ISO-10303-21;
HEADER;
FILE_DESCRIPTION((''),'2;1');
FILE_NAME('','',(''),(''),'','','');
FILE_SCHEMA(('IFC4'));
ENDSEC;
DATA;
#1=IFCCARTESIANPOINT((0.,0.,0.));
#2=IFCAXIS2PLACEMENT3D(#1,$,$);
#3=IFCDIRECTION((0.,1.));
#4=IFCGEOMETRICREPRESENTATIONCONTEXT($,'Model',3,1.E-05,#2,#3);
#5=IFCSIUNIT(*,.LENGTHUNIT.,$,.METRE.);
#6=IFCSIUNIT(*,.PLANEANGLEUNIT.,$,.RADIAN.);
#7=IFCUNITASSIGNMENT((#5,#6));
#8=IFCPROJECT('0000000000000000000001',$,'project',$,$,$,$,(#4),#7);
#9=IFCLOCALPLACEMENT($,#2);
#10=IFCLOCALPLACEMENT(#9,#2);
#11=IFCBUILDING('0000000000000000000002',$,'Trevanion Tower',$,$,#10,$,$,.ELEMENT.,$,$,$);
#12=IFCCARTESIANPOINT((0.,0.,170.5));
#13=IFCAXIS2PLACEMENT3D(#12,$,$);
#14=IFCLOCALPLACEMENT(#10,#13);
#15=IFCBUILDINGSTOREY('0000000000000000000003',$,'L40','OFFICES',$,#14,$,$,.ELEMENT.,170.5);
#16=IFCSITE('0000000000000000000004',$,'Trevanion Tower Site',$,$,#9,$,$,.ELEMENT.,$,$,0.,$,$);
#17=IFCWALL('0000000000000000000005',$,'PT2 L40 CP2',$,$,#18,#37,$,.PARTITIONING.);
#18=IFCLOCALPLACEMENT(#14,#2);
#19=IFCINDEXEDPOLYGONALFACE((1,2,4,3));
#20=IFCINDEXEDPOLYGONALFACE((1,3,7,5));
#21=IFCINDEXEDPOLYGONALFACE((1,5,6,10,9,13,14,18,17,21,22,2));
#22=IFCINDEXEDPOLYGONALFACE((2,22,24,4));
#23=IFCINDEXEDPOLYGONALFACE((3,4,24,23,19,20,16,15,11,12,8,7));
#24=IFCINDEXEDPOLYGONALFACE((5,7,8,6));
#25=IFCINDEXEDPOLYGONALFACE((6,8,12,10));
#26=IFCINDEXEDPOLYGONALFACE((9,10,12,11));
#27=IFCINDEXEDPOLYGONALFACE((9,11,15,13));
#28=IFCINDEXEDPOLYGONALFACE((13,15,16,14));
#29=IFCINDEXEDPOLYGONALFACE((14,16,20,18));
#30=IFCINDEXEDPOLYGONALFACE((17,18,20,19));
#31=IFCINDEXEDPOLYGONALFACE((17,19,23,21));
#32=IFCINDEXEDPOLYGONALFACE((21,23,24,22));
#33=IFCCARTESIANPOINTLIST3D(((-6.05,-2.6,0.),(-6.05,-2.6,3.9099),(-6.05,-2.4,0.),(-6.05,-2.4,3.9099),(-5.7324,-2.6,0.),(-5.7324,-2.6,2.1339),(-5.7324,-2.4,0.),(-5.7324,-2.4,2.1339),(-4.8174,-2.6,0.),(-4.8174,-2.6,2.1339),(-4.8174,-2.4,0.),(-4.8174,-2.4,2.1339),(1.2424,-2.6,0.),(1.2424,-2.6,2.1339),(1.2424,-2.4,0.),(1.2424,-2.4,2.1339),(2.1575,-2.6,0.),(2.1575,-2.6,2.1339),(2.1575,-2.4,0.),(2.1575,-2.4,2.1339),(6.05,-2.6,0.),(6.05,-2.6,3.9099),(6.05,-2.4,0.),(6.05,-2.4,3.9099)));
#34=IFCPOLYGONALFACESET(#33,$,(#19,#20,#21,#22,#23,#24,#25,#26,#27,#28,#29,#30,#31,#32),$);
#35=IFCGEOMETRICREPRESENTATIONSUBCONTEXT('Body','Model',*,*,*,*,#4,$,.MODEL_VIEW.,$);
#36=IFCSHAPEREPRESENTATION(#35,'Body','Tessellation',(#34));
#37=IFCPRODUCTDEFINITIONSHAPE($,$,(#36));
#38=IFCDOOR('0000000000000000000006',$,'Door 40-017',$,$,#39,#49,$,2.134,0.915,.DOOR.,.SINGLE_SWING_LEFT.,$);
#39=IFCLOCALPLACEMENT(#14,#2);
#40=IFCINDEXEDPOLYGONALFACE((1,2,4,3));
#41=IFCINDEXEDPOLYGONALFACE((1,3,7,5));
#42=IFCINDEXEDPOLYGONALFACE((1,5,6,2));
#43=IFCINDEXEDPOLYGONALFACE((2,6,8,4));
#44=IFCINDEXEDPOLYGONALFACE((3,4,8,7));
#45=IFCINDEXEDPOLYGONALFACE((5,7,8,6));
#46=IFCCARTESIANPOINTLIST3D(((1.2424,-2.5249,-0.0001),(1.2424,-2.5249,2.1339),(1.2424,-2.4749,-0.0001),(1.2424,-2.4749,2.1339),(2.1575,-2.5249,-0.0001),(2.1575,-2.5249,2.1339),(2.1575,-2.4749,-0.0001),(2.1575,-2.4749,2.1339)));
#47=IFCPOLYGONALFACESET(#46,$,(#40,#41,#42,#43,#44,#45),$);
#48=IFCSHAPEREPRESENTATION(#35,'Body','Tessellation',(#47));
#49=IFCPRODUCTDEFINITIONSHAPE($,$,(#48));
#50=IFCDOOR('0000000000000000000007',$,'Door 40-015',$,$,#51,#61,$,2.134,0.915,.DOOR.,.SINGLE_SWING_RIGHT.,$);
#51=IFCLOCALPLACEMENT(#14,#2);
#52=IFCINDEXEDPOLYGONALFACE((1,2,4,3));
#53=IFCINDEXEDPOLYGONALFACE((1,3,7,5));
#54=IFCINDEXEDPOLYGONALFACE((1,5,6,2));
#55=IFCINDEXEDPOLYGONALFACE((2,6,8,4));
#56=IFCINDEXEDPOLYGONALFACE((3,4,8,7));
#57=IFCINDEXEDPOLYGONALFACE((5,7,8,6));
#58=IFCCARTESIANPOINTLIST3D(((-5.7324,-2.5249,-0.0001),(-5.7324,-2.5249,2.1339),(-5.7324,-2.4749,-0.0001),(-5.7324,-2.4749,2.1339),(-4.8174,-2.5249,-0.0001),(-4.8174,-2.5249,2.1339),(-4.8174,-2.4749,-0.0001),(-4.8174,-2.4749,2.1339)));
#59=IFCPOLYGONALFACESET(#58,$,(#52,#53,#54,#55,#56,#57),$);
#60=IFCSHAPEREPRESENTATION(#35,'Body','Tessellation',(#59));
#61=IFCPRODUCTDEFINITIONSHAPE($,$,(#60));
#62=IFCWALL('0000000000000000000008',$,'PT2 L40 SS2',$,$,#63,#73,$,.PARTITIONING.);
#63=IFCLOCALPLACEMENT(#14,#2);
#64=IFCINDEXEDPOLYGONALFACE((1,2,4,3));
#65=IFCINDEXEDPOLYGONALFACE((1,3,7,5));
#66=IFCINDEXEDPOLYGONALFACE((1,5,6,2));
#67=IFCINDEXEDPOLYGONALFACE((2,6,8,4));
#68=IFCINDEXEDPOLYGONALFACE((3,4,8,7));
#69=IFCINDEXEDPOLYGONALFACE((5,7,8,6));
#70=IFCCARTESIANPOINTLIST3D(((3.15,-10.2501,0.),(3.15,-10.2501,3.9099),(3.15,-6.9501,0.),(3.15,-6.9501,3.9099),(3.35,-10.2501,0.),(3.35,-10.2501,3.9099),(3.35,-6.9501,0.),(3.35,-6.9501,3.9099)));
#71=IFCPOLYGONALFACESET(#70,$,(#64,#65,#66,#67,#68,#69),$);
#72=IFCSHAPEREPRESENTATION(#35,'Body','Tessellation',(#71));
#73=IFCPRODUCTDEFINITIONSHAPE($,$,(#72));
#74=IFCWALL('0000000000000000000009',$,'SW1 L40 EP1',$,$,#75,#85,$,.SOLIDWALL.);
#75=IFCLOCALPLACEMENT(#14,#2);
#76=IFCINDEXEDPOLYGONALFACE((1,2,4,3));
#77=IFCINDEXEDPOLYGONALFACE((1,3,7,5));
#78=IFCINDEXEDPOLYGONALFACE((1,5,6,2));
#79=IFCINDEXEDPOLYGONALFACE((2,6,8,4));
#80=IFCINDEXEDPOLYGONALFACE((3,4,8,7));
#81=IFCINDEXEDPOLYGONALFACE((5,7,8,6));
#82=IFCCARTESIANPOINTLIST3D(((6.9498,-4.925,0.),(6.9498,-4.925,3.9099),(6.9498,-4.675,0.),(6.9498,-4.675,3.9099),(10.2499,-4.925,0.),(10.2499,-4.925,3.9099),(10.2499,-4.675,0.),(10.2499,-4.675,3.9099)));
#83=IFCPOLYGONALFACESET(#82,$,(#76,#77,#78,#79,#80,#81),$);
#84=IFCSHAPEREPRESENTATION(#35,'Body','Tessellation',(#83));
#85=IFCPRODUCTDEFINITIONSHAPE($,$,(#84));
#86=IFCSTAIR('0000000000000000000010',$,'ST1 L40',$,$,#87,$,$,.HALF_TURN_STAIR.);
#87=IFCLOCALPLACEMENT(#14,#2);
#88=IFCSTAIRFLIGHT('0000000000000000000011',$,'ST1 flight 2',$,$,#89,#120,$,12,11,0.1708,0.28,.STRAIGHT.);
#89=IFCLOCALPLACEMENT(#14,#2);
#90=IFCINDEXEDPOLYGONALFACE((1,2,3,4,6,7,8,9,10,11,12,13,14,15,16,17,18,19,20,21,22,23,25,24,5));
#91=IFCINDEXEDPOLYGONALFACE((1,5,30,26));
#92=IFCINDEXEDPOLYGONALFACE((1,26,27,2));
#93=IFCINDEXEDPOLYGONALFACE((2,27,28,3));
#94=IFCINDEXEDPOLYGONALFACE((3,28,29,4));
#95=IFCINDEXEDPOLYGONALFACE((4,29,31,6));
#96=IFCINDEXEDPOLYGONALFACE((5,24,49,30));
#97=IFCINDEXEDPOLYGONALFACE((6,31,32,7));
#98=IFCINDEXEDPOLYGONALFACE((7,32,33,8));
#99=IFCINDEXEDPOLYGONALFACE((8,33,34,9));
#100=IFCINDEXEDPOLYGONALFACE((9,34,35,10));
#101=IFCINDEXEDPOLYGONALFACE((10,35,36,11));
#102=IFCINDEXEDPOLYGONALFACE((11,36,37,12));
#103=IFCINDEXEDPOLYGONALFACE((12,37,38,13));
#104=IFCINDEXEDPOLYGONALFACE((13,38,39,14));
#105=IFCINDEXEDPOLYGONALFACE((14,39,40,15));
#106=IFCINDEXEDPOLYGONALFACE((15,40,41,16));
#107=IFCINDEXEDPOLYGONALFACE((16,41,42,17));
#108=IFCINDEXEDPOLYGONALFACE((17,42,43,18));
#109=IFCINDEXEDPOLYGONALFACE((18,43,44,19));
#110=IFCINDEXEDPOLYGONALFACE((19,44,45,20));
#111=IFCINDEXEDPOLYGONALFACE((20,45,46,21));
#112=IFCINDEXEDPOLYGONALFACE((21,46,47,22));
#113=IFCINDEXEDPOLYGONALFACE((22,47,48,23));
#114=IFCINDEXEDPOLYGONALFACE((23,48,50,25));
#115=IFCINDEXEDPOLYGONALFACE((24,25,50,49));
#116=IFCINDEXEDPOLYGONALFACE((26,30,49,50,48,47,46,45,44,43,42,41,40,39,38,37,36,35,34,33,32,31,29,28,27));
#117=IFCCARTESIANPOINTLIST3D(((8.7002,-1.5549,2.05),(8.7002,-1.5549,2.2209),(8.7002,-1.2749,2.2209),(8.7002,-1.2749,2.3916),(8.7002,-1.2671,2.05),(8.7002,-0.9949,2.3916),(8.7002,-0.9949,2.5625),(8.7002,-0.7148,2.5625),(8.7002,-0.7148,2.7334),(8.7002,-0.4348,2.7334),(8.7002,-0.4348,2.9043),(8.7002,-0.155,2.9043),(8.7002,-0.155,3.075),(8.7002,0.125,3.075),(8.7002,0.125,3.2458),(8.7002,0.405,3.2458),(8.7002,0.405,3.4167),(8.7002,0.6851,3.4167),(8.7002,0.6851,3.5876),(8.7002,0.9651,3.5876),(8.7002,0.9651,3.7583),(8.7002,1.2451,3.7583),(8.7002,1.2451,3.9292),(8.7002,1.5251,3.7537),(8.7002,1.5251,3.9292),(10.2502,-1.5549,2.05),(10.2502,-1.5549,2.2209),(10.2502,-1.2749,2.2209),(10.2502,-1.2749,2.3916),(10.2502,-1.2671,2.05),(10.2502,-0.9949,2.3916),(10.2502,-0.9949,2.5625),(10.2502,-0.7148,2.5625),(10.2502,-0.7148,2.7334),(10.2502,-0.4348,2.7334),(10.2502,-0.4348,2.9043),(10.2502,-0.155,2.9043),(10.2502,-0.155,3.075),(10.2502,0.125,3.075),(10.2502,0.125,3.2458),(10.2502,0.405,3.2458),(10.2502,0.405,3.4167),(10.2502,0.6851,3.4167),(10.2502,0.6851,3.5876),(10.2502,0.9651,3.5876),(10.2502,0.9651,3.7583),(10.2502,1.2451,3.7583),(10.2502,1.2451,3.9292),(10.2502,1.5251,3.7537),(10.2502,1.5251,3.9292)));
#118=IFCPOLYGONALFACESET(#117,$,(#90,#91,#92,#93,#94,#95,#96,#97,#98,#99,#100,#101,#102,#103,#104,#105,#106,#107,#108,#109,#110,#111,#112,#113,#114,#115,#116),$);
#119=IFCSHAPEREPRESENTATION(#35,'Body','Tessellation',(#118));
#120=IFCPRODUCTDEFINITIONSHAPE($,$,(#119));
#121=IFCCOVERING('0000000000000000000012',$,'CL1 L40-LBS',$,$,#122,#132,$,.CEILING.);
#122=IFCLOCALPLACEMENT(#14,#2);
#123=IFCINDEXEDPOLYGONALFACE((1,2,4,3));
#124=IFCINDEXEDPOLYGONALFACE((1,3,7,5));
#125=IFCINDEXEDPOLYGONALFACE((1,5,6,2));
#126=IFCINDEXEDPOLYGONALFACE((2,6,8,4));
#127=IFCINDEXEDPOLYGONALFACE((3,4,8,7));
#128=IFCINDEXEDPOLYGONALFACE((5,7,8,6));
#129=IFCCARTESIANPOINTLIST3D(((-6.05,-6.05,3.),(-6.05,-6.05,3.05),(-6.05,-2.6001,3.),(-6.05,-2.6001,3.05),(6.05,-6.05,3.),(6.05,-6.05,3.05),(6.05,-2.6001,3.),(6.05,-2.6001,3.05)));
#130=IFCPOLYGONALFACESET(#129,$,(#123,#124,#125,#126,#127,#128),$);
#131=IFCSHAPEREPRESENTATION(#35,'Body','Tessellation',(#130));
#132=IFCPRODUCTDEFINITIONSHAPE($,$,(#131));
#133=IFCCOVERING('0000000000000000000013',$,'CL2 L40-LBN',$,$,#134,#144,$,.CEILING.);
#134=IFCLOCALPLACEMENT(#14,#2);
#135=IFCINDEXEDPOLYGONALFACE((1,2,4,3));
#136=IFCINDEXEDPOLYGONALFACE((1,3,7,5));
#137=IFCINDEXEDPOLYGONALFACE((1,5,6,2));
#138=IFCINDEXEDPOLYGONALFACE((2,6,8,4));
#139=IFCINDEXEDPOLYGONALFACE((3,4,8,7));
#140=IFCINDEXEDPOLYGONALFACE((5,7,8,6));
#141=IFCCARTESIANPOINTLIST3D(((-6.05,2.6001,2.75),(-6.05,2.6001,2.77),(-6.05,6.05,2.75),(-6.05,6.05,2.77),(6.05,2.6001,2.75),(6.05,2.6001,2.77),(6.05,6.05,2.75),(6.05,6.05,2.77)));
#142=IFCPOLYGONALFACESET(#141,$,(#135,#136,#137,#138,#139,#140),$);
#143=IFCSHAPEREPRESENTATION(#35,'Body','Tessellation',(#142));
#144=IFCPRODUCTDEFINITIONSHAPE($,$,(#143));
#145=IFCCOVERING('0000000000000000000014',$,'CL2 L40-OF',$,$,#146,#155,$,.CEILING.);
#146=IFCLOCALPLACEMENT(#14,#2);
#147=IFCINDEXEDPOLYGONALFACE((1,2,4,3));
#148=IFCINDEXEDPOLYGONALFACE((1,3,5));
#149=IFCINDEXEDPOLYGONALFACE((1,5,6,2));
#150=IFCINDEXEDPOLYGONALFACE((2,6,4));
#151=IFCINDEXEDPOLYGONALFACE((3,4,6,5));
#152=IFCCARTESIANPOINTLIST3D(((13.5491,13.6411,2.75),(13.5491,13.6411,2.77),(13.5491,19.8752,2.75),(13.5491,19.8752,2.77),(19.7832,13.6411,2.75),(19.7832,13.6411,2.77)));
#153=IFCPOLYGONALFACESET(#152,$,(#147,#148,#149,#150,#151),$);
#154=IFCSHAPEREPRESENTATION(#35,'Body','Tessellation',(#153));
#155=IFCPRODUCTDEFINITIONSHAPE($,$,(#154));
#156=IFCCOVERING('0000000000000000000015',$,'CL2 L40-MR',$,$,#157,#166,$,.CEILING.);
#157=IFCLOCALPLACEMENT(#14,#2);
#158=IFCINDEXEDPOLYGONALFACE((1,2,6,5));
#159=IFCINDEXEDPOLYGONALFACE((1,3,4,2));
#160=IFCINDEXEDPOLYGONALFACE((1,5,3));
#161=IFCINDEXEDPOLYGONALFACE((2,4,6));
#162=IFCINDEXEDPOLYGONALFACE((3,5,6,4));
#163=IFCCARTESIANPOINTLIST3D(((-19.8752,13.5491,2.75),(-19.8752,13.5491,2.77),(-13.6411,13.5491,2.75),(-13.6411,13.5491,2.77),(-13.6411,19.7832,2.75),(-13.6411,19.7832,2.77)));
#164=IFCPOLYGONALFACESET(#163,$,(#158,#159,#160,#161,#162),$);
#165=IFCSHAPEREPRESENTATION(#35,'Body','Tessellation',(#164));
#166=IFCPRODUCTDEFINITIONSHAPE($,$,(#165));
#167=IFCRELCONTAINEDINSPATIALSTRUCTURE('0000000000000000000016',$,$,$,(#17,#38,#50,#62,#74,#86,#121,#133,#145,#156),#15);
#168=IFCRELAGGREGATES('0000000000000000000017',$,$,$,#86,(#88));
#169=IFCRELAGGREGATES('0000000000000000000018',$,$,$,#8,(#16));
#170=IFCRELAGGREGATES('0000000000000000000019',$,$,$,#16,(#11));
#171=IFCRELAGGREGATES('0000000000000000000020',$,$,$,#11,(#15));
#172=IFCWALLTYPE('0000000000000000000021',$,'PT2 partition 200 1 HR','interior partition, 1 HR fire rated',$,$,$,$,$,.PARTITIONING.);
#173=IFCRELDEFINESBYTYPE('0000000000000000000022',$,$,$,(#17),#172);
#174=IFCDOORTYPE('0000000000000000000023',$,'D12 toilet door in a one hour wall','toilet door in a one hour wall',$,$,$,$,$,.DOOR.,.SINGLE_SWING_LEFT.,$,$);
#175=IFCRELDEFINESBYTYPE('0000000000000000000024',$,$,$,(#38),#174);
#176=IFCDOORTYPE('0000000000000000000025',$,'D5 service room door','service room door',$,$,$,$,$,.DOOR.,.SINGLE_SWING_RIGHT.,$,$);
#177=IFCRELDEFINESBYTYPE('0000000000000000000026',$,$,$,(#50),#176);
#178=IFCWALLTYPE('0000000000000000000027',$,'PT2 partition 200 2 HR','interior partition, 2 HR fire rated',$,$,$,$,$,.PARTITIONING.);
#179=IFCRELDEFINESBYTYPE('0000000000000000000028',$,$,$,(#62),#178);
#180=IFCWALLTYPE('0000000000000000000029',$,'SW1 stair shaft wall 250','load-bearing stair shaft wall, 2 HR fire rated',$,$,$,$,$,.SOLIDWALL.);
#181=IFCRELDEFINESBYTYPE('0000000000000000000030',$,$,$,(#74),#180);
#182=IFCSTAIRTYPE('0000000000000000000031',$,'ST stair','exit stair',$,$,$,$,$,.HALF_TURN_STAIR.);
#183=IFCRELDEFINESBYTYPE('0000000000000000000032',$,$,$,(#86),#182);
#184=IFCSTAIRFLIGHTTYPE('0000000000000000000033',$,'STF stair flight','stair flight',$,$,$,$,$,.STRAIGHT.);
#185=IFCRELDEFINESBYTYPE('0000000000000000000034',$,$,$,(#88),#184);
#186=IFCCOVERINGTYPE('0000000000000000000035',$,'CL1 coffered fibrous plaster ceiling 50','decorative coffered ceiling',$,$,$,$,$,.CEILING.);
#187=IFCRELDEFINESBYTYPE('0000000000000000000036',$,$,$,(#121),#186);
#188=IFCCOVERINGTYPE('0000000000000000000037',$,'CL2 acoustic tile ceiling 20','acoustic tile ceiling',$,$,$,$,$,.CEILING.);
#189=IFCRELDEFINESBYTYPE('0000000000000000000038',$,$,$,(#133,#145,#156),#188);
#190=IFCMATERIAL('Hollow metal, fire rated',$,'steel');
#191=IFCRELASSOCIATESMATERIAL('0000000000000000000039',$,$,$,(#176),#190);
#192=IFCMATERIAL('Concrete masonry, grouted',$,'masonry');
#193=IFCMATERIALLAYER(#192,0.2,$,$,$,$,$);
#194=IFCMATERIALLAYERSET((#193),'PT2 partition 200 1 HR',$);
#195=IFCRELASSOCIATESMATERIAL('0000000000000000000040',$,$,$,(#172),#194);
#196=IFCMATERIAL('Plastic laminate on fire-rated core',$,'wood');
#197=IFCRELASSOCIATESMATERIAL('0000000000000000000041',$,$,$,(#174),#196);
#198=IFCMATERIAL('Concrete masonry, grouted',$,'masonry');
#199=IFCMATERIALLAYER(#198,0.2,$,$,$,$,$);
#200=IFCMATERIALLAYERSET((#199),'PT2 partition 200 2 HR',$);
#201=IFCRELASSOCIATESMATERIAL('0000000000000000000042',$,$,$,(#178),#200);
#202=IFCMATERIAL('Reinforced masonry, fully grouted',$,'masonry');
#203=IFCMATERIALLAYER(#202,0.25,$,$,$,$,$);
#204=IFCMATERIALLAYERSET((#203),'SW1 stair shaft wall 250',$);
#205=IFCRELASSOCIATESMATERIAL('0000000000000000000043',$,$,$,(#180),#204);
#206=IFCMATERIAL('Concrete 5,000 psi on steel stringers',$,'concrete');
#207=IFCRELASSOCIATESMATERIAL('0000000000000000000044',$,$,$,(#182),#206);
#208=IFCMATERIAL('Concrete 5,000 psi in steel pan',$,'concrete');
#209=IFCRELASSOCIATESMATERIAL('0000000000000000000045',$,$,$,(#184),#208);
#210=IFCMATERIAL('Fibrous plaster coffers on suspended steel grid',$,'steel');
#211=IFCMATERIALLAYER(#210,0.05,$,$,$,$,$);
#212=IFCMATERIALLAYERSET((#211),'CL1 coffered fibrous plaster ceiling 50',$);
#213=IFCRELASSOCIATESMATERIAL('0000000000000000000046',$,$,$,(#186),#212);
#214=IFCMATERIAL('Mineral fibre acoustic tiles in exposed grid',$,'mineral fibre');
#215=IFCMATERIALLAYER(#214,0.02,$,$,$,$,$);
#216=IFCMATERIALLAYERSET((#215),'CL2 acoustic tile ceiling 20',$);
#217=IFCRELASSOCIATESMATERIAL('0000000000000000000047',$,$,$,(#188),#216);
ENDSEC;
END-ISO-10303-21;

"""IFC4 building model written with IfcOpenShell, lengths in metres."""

from ifc_helpers import new_model, si_unit, direction, frame, frame_2d, origin, place, context, subcontext, project, spatial, polyline, rectangle, outline, extrude, material, layer, layer_set, type_object, element, fill, aggregate, save


model = new_model("IFC4")

# Units and contexts
model_context = context("Model", 3, precision=1e-05, world=origin(), true_north=direction((0.0, 1.0)))
body_context = subcontext(model_context, "Body", "Model", "MODEL_VIEW")
ifc_project = project(units=[si_unit("LENGTHUNIT", "METRE"), si_unit("PLANEANGLEUNIT", "RADIAN")], contexts=[model_context])

# Site, building, storey
site_placement = place(None, origin())
site = spatial("IfcSite", under=ifc_project, at=site_placement, Name="Trevanion Tower Site", CompositionType="ELEMENT", RefElevation=0.0)
building_placement = place(site_placement, origin())
building = spatial("IfcBuilding", under=site, at=building_placement, Name="Trevanion Tower", CompositionType="ELEMENT")
storey_placement = place(building_placement, frame((0.0, 0.0, 170.5)))
storey = spatial("IfcBuildingStorey", under=building, at=storey_placement, Name="L40", Description="OFFICES", CompositionType="ELEMENT", Elevation=170.5)

# Shared definitions
ifc_material_1 = material(Name="Hollow metal, fire rated", Category="steel")
door_type_1 = type_object("IfcDoorType", Name="D5 service room door", Description="service room door", OperationType="SINGLE_SWING_RIGHT", PredefinedType="DOOR", material=ifc_material_1)

# Wall, openings, doors
ifc_material_2 = material(Name="Concrete masonry, grouted", Category="masonry")
ifc_layer_1 = layer(ifc_material_2, 0.2)
ifc_layer_set_1 = layer_set([ifc_layer_1], Name="PT2 partition 200 1 HR")
wall_type_1 = type_object("IfcWallType", Name="PT2 partition 200 1 HR", Description="interior partition, 1 HR fire rated", PredefinedType="PARTITIONING", material=ifc_layer_set_1)
wall_1_placement = place(storey_placement, frame((6.05, -2.5, 0.0), z_axis=(0.0, 0.0, 1.0), x_axis=(-1.0, 0.0, 0.0)))
wall_1 = element("IfcWall", 1, at=wall_1_placement, inside=storey, type_object=wall_type_1, Name="PT2 L40 CP2", PredefinedType="PARTITIONING", context=body_context, shape_type="SweptSolid", body=[
    extrude(rectangle(XDim=12.1001, YDim=0.2, at=frame_2d((6.05, 0.0))), origin(), (0.0, 0.0, 1.0), 3.9099),
])
opening_1_placement = place(wall_1_placement, frame((10.8674, 0.0, 0.0)))
opening_1 = element("IfcOpeningElement", 2, at=opening_1_placement, cuts=wall_1, PredefinedType="OPENING", context=body_context, shape_type="SweptSolid", body=[
    extrude(rectangle(XDim=0.915, YDim=2.134, at=frame_2d((0.4575, 1.0669))), frame((0.0, 0.1099, 0.0), z_axis=(0.0, -1.0, 0.0), x_axis=(1.0, 0.0, 0.0)), (0.0, 0.0, 1.0), 0.22),
])
opening_2_placement = place(wall_1_placement, frame((3.8926, 0.0, 0.0)))
opening_2 = element("IfcOpeningElement", 3, at=opening_2_placement, cuts=wall_1, PredefinedType="OPENING", context=body_context, shape_type="SweptSolid", body=[
    extrude(rectangle(XDim=0.915, YDim=2.134, at=frame_2d((0.4575, 1.0669))), frame((0.0, 0.1099, 0.0), z_axis=(0.0, -1.0, 0.0), x_axis=(1.0, 0.0, 0.0)), (0.0, 0.0, 1.0), 0.22),
])
ifc_material_3 = material(Name="Plastic laminate on fire-rated core", Category="wood")
door_type_2 = type_object("IfcDoorType", Name="D12 toilet door in a one hour wall", Description="toilet door in a one hour wall", OperationType="SINGLE_SWING_LEFT", PredefinedType="DOOR", material=ifc_material_3)
door_1_placement = place(opening_2_placement, origin())
door_1 = element("IfcDoor", 4, at=door_1_placement, inside=storey, type_object=door_type_2, Name="Door 40-017", OperationType="SINGLE_SWING_LEFT", OverallHeight=2.134, OverallWidth=0.915, PredefinedType="DOOR", context=body_context, shape_type="SweptSolid", body=[
    extrude(rectangle(XDim=0.915, YDim=2.134, at=frame_2d((0.4575, 1.0669))), frame((0.0, 0.0249, 0.0), z_axis=(0.0, -1.0, 0.0), x_axis=(1.0, 0.0, 0.0)), (0.0, 0.0, 1.0), 0.05),
])
fill(opening_2, door_1)
door_2_placement = place(opening_1_placement, origin())
door_2 = element("IfcDoor", 5, at=door_2_placement, inside=storey, type_object=door_type_1, Name="Door 40-015", OperationType="SINGLE_SWING_RIGHT", OverallHeight=2.134, OverallWidth=0.915, PredefinedType="DOOR", context=body_context, shape_type="SweptSolid", body=[
    extrude(rectangle(XDim=0.915, YDim=2.134, at=frame_2d((0.4575, 1.0669))), frame((0.0, 0.0249, 0.0), z_axis=(0.0, -1.0, 0.0), x_axis=(1.0, 0.0, 0.0)), (0.0, 0.0, 1.0), 0.05),
])
fill(opening_1, door_2)

# Walls
ifc_material_4 = material(Name="Concrete masonry, grouted", Category="masonry")
ifc_layer_2 = layer(ifc_material_4, 0.2)
ifc_layer_set_2 = layer_set([ifc_layer_2], Name="PT2 partition 200 2 HR")
wall_type_2 = type_object("IfcWallType", Name="PT2 partition 200 2 HR", Description="interior partition, 2 HR fire rated", PredefinedType="PARTITIONING", material=ifc_layer_set_2)
wall_2_placement = place(storey_placement, frame((3.25, -10.25, 0.0), z_axis=(0.0, 0.0, 1.0), x_axis=(0.0, 1.0, 0.0)))
element("IfcWall", 6, at=wall_2_placement, inside=storey, type_object=wall_type_2, Name="PT2 L40 SS2", PredefinedType="PARTITIONING", context=body_context, shape_type="SweptSolid", body=[
    extrude(rectangle(XDim=3.3, YDim=0.2, at=frame_2d((1.6499, 0.0))), origin(), (0.0, 0.0, 1.0), 3.9099),
])
ifc_material_5 = material(Name="Reinforced masonry, fully grouted", Category="masonry")
ifc_layer_3 = layer(ifc_material_5, 0.25)
ifc_layer_set_3 = layer_set([ifc_layer_3], Name="SW1 stair shaft wall 250")
wall_type_3 = type_object("IfcWallType", Name="SW1 stair shaft wall 250", Description="load-bearing stair shaft wall, 2 HR fire rated", PredefinedType="SOLIDWALL", material=ifc_layer_set_3)
wall_3_placement = place(storey_placement, frame((6.95, -4.8, 0.0), z_axis=(0.0, 0.0, 1.0), x_axis=(1.0, 0.0, 0.0)))
element("IfcWall", 7, at=wall_3_placement, inside=storey, type_object=wall_type_3, Name="SW1 L40 EP1", PredefinedType="SOLIDWALL", context=body_context, shape_type="SweptSolid", body=[
    extrude(rectangle(XDim=3.3, YDim=0.25, at=frame_2d((1.6499, 0.0))), origin(), (0.0, 0.0, 1.0), 3.9099),
])

# Stair, stair flight
ifc_material_6 = material(Name="Concrete 5,000 psi on steel stringers", Category="concrete")
stair_type = type_object("IfcStairType", Name="ST stair", Description="exit stair", PredefinedType="HALF_TURN_STAIR", material=ifc_material_6)
stair_placement = place(storey_placement, origin())
stair = element("IfcStair", 8, at=stair_placement, inside=storey, type_object=stair_type, Name="ST1 L40", PredefinedType="HALF_TURN_STAIR")
ifc_material_7 = material(Name="Concrete 5,000 psi in steel pan", Category="concrete")
stair_flight_type = type_object("IfcStairFlightType", Name="STF stair flight", Description="stair flight", PredefinedType="STRAIGHT", material=ifc_material_7)
stair_flight_placement = place(storey_placement, frame((9.4751, -1.5549, 2.05), z_axis=(0.0, 0.0, 1.0), x_axis=(0.0, 1.0, 0.0)))
stair_flight = element("IfcStairFlight", 9, at=stair_flight_placement, type_object=stair_flight_type, Name="ST1 flight 2", NumberOfRisers=12, NumberOfTreads=11, PredefinedType="STRAIGHT", RiserHeight=0.1708, TreadLength=0.28, context=body_context, shape_type="SweptSolid", body=[
    extrude(outline(polyline([(0.0, 0.0), (0.0, 0.1709), (0.28, 0.1709), (0.28, 0.3416), (0.5601, 0.3416), (0.5601, 0.5125), (0.8401, 0.5125), (0.8401, 0.6833), (1.1201, 0.6833), (1.1201, 0.8542), (1.3999, 0.8542), (1.3999, 1.0249), (1.6799, 1.0249), (1.6799, 1.1958), (1.96, 1.1958), (1.96, 1.3667), (2.24, 1.3667), (2.24, 1.5376), (2.52, 1.5376), (2.52, 1.7083), (2.8, 1.7083), (2.8, 1.8792), (3.0801, 1.8792), (3.0801, 2.05), (3.0801, 1.7036), (0.2878, 0.0), (0.0, 0.0)])), frame((0.0, 0.7749, 0.0), z_axis=(0.0, -1.0, 0.0), x_axis=(1.0, 0.0, 0.0)), (0.0, 0.0, 1.0), 1.55),
])
aggregate(stair, [stair_flight])

# Coverings
ifc_material_8 = material(Name="Fibrous plaster coffers on suspended steel grid", Category="steel")
ifc_layer_4 = layer(ifc_material_8, 0.05)
ifc_layer_set_4 = layer_set([ifc_layer_4], Name="CL1 coffered fibrous plaster ceiling 50")
covering_type_1 = type_object("IfcCoveringType", Name="CL1 coffered fibrous plaster ceiling 50", Description="decorative coffered ceiling", PredefinedType="CEILING", material=ifc_layer_set_4)
covering_1_placement = place(storey_placement, frame((0.0, 0.0, 3.0)))
element("IfcCovering", 10, at=covering_1_placement, inside=storey, type_object=covering_type_1, Name="CL1 L40-LBS", PredefinedType="CEILING", context=body_context, shape_type="SweptSolid", body=[
    extrude(outline(polyline([(6.05, -6.05), (6.05, -2.6001), (-6.05, -2.6001), (-6.05, -6.05), (6.05, -6.05)])), origin(), (0.0, 0.0, 1.0), 0.05),
])
ifc_material_9 = material(Name="Mineral fibre acoustic tiles in exposed grid", Category="mineral fibre")
ifc_layer_5 = layer(ifc_material_9, 0.02)
ifc_layer_set_5 = layer_set([ifc_layer_5], Name="CL2 acoustic tile ceiling 20")
covering_type_2 = type_object("IfcCoveringType", Name="CL2 acoustic tile ceiling 20", Description="acoustic tile ceiling", PredefinedType="CEILING", material=ifc_layer_set_5)
covering_2_placement = place(storey_placement, frame((0.0, 0.0, 2.75)))
element("IfcCovering", 11, at=covering_2_placement, inside=storey, type_object=covering_type_2, Name="CL2 L40-LBN", PredefinedType="CEILING", context=body_context, shape_type="SweptSolid", body=[
    extrude(outline(polyline([(6.05, 2.6001), (6.05, 6.05), (-6.05, 6.05), (-6.05, 2.6001), (6.05, 2.6001)])), origin(), (0.0, 0.0, 1.0), 0.02),
])
covering_3_placement = place(storey_placement, frame((0.0, 0.0, 2.75)))
element("IfcCovering", 12, at=covering_3_placement, inside=storey, type_object=covering_type_2, Name="CL2 L40-OF", PredefinedType="CEILING", context=body_context, shape_type="SweptSolid", body=[
    extrude(outline(polyline([(13.5491, 19.8752), (19.7832, 13.6411), (13.5491, 13.6411), (13.5491, 19.8752)])), origin(), (0.0, 0.0, 1.0), 0.02),
])
covering_4_placement = place(storey_placement, frame((0.0, 0.0, 2.75)))
element("IfcCovering", 13, at=covering_4_placement, inside=storey, type_object=covering_type_2, Name="CL2 L40-MR", PredefinedType="CEILING", context=body_context, shape_type="SweptSolid", body=[
    extrude(outline(polyline([(-19.8752, 13.5491), (-13.6411, 19.7832), (-13.6411, 13.5491), (-19.8752, 13.5491)])), origin(), (0.0, 0.0, 1.0), 0.02),
])

save(model, "model.ifc")
